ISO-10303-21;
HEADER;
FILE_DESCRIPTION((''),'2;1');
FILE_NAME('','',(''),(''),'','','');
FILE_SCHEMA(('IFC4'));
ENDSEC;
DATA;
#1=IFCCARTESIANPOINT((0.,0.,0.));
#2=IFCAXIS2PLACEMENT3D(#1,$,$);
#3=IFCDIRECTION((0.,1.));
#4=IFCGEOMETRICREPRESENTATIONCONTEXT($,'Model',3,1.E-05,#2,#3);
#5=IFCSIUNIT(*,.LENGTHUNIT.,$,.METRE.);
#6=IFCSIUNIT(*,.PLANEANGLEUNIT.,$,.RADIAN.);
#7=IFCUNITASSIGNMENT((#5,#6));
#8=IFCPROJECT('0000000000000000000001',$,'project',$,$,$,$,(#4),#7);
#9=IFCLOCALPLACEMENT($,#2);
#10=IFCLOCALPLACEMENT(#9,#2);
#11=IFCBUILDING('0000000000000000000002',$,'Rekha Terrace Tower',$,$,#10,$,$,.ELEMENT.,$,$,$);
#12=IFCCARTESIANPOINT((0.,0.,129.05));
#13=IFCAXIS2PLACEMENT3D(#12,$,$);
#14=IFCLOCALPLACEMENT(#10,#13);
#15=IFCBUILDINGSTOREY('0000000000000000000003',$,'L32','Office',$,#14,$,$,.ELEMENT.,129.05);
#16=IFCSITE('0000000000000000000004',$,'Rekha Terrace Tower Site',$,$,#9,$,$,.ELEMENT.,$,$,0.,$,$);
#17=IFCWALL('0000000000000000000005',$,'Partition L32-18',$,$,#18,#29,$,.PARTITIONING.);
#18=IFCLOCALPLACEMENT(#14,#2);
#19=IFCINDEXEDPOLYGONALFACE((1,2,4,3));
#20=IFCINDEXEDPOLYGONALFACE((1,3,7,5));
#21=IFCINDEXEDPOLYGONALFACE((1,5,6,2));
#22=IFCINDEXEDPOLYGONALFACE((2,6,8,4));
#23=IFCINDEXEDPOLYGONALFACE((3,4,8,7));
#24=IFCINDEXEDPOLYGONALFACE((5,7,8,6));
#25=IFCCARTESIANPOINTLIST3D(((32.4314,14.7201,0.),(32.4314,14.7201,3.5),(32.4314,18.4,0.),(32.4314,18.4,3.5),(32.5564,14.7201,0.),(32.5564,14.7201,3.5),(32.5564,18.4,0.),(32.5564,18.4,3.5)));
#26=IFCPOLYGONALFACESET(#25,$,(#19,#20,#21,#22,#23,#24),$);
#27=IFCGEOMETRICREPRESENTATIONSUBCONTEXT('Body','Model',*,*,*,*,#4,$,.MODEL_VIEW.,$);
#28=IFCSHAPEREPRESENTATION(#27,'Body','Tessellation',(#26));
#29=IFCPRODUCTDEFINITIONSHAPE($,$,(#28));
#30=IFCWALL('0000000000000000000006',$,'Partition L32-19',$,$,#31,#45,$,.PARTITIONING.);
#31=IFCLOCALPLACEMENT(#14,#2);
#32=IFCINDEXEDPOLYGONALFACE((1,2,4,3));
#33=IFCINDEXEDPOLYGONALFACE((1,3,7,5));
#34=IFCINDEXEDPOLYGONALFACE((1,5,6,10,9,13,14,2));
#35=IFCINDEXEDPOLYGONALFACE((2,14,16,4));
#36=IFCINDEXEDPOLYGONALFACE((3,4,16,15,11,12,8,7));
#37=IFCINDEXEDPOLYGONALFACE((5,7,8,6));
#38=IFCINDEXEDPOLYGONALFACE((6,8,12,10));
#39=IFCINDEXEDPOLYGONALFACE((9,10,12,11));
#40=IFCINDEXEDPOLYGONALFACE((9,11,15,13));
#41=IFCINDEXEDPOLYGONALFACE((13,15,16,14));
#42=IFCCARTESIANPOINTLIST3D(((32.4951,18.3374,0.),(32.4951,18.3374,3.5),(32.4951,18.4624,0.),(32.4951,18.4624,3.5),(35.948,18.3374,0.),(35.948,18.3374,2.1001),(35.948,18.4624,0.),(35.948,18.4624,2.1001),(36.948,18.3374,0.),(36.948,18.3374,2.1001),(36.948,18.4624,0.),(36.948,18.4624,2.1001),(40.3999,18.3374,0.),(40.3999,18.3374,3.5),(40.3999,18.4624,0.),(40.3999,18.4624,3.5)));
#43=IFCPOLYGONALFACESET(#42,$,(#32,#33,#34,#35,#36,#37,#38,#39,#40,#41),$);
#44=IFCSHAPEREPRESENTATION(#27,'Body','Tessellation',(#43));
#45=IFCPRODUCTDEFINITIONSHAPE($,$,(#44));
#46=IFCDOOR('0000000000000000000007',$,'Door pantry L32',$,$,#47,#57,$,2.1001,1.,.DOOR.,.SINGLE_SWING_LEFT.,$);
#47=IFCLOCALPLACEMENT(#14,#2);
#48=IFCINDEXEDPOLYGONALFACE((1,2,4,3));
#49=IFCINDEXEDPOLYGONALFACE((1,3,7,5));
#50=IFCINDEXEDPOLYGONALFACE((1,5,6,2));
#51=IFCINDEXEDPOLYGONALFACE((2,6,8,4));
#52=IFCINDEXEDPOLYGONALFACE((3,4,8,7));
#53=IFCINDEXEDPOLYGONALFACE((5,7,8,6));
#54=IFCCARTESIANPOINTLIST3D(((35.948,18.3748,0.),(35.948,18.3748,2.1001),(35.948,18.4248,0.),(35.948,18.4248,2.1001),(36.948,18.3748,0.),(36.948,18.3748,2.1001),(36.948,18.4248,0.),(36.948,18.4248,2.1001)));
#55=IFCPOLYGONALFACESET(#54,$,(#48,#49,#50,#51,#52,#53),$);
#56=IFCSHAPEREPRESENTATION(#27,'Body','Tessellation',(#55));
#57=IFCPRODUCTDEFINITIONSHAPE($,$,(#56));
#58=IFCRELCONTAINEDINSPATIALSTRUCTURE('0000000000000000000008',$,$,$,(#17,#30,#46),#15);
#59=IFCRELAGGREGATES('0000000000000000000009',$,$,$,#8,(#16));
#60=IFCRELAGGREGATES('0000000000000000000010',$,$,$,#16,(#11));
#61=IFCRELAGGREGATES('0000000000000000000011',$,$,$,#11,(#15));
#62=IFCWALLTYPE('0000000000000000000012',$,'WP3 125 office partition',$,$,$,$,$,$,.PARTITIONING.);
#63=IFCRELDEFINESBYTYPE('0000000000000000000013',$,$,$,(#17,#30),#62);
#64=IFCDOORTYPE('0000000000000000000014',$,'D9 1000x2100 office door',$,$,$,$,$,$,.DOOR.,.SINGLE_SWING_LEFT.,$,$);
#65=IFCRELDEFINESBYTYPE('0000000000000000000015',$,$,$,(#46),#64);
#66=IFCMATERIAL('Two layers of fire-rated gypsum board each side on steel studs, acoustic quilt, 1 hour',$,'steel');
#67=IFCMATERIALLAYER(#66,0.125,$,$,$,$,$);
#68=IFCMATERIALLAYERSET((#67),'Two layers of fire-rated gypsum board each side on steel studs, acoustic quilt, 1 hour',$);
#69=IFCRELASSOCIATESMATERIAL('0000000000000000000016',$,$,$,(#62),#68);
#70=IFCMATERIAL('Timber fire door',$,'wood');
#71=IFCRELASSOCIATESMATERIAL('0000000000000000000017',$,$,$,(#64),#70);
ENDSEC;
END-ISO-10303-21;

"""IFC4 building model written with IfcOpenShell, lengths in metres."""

from ifc_helpers import new_model, si_unit, direction, frame, frame_2d, origin, place, context, subcontext, project, spatial, rectangle, extrude, material, layer, layer_set, type_object, element, fill, save


model = new_model("IFC4")

# Units and contexts
model_context = context("Model", 3, precision=1e-05, world=origin(), true_north=direction((0.0, 1.0)))
body_context = subcontext(model_context, "Body", "Model", "MODEL_VIEW")
ifc_project = project(units=[si_unit("LENGTHUNIT", "METRE"), si_unit("PLANEANGLEUNIT", "RADIAN")], contexts=[model_context])

# Site, building, storey
site_placement = place(None, origin())
site = spatial("IfcSite", under=ifc_project, at=site_placement, Name="Rekha Terrace Tower Site", CompositionType="ELEMENT", RefElevation=0.0)
building_placement = place(site_placement, origin())
building = spatial("IfcBuilding", under=site, at=building_placement, Name="Rekha Terrace Tower", CompositionType="ELEMENT")
storey_placement = place(building_placement, frame((0.0, 0.0, 129.05)))
storey = spatial("IfcBuildingStorey", under=building, at=storey_placement, Name="L32", Description="Office", CompositionType="ELEMENT", Elevation=129.05)

# Wall
ifc_material_1 = material(Name="Two layers of fire-rated gypsum board each side on steel studs, acoustic quilt, 1 hour", Category="steel")
ifc_layer_1 = layer(ifc_material_1, 0.125)
ifc_layer_set_1 = layer_set([ifc_layer_1], Name="Two layers of fire-rated gypsum board each side on steel studs, acoustic quilt, 1 hour")
wall_type_1 = type_object("IfcWallType", Name="WP3 125 office partition", PredefinedType="PARTITIONING", material=ifc_layer_set_1)
wall_1_placement = place(storey_placement, frame((32.4939, 18.3999, 0.0), z_axis=(0.0, 0.0, 1.0), x_axis=(0.0, -1.0, 0.0)))
element("IfcWall", 1, at=wall_1_placement, inside=storey, type_object=wall_type_1, Name="Partition L32-18", PredefinedType="PARTITIONING", context=body_context, shape_type="SweptSolid", body=[
    extrude(rectangle(XDim=3.6799, YDim=0.125, at=frame_2d((1.8398, 0.0))), origin(), (0.0, 0.0, 1.0), 3.5),
])

# Wall, opening, door
wall_2_placement = place(storey_placement, frame((32.4951, 18.3999, 0.0), z_axis=(0.0, 0.0, 1.0), x_axis=(1.0, 0.0, 0.0)))
wall_2 = element("IfcWall", 2, at=wall_2_placement, inside=storey, type_object=wall_type_1, Name="Partition L32-19", PredefinedType="PARTITIONING", context=body_context, shape_type="SweptSolid", body=[
    extrude(rectangle(XDim=7.9048, YDim=0.125, at=frame_2d((3.9524, 0.0))), origin(), (0.0, 0.0, 1.0), 3.5),
])
opening_placement = place(wall_2_placement, frame((3.4529, 0.0, 0.0)))
opening = element("IfcOpeningElement", 3, at=opening_placement, cuts=wall_2, PredefinedType="OPENING", context=body_context, shape_type="SweptSolid", body=[
    extrude(rectangle(XDim=1.0, YDim=2.1001, at=frame_2d((0.5, 1.05))), frame((0.0, 0.0725, 0.0), z_axis=(0.0, -1.0, 0.0), x_axis=(1.0, 0.0, 0.0)), (0.0, 0.0, 1.0), 0.145),
])
ifc_material_2 = material(Name="Timber fire door", Category="wood")
door_type = type_object("IfcDoorType", Name="D9 1000x2100 office door", OperationType="SINGLE_SWING_LEFT", PredefinedType="DOOR", material=ifc_material_2)
door_placement = place(opening_placement, origin())
door = element("IfcDoor", 4, at=door_placement, inside=storey, type_object=door_type, Name="Door pantry L32", OperationType="SINGLE_SWING_LEFT", OverallHeight=2.1001, OverallWidth=1.0, PredefinedType="DOOR", context=body_context, shape_type="SweptSolid", body=[
    extrude(rectangle(XDim=1.0, YDim=2.1001, at=frame_2d((0.5, 1.05))), frame((0.0, 0.0249, 0.0), z_axis=(0.0, -1.0, 0.0), x_axis=(1.0, 0.0, 0.0)), (0.0, 0.0, 1.0), 0.05),
])
fill(opening, door)

save(model, "model.ifc")
